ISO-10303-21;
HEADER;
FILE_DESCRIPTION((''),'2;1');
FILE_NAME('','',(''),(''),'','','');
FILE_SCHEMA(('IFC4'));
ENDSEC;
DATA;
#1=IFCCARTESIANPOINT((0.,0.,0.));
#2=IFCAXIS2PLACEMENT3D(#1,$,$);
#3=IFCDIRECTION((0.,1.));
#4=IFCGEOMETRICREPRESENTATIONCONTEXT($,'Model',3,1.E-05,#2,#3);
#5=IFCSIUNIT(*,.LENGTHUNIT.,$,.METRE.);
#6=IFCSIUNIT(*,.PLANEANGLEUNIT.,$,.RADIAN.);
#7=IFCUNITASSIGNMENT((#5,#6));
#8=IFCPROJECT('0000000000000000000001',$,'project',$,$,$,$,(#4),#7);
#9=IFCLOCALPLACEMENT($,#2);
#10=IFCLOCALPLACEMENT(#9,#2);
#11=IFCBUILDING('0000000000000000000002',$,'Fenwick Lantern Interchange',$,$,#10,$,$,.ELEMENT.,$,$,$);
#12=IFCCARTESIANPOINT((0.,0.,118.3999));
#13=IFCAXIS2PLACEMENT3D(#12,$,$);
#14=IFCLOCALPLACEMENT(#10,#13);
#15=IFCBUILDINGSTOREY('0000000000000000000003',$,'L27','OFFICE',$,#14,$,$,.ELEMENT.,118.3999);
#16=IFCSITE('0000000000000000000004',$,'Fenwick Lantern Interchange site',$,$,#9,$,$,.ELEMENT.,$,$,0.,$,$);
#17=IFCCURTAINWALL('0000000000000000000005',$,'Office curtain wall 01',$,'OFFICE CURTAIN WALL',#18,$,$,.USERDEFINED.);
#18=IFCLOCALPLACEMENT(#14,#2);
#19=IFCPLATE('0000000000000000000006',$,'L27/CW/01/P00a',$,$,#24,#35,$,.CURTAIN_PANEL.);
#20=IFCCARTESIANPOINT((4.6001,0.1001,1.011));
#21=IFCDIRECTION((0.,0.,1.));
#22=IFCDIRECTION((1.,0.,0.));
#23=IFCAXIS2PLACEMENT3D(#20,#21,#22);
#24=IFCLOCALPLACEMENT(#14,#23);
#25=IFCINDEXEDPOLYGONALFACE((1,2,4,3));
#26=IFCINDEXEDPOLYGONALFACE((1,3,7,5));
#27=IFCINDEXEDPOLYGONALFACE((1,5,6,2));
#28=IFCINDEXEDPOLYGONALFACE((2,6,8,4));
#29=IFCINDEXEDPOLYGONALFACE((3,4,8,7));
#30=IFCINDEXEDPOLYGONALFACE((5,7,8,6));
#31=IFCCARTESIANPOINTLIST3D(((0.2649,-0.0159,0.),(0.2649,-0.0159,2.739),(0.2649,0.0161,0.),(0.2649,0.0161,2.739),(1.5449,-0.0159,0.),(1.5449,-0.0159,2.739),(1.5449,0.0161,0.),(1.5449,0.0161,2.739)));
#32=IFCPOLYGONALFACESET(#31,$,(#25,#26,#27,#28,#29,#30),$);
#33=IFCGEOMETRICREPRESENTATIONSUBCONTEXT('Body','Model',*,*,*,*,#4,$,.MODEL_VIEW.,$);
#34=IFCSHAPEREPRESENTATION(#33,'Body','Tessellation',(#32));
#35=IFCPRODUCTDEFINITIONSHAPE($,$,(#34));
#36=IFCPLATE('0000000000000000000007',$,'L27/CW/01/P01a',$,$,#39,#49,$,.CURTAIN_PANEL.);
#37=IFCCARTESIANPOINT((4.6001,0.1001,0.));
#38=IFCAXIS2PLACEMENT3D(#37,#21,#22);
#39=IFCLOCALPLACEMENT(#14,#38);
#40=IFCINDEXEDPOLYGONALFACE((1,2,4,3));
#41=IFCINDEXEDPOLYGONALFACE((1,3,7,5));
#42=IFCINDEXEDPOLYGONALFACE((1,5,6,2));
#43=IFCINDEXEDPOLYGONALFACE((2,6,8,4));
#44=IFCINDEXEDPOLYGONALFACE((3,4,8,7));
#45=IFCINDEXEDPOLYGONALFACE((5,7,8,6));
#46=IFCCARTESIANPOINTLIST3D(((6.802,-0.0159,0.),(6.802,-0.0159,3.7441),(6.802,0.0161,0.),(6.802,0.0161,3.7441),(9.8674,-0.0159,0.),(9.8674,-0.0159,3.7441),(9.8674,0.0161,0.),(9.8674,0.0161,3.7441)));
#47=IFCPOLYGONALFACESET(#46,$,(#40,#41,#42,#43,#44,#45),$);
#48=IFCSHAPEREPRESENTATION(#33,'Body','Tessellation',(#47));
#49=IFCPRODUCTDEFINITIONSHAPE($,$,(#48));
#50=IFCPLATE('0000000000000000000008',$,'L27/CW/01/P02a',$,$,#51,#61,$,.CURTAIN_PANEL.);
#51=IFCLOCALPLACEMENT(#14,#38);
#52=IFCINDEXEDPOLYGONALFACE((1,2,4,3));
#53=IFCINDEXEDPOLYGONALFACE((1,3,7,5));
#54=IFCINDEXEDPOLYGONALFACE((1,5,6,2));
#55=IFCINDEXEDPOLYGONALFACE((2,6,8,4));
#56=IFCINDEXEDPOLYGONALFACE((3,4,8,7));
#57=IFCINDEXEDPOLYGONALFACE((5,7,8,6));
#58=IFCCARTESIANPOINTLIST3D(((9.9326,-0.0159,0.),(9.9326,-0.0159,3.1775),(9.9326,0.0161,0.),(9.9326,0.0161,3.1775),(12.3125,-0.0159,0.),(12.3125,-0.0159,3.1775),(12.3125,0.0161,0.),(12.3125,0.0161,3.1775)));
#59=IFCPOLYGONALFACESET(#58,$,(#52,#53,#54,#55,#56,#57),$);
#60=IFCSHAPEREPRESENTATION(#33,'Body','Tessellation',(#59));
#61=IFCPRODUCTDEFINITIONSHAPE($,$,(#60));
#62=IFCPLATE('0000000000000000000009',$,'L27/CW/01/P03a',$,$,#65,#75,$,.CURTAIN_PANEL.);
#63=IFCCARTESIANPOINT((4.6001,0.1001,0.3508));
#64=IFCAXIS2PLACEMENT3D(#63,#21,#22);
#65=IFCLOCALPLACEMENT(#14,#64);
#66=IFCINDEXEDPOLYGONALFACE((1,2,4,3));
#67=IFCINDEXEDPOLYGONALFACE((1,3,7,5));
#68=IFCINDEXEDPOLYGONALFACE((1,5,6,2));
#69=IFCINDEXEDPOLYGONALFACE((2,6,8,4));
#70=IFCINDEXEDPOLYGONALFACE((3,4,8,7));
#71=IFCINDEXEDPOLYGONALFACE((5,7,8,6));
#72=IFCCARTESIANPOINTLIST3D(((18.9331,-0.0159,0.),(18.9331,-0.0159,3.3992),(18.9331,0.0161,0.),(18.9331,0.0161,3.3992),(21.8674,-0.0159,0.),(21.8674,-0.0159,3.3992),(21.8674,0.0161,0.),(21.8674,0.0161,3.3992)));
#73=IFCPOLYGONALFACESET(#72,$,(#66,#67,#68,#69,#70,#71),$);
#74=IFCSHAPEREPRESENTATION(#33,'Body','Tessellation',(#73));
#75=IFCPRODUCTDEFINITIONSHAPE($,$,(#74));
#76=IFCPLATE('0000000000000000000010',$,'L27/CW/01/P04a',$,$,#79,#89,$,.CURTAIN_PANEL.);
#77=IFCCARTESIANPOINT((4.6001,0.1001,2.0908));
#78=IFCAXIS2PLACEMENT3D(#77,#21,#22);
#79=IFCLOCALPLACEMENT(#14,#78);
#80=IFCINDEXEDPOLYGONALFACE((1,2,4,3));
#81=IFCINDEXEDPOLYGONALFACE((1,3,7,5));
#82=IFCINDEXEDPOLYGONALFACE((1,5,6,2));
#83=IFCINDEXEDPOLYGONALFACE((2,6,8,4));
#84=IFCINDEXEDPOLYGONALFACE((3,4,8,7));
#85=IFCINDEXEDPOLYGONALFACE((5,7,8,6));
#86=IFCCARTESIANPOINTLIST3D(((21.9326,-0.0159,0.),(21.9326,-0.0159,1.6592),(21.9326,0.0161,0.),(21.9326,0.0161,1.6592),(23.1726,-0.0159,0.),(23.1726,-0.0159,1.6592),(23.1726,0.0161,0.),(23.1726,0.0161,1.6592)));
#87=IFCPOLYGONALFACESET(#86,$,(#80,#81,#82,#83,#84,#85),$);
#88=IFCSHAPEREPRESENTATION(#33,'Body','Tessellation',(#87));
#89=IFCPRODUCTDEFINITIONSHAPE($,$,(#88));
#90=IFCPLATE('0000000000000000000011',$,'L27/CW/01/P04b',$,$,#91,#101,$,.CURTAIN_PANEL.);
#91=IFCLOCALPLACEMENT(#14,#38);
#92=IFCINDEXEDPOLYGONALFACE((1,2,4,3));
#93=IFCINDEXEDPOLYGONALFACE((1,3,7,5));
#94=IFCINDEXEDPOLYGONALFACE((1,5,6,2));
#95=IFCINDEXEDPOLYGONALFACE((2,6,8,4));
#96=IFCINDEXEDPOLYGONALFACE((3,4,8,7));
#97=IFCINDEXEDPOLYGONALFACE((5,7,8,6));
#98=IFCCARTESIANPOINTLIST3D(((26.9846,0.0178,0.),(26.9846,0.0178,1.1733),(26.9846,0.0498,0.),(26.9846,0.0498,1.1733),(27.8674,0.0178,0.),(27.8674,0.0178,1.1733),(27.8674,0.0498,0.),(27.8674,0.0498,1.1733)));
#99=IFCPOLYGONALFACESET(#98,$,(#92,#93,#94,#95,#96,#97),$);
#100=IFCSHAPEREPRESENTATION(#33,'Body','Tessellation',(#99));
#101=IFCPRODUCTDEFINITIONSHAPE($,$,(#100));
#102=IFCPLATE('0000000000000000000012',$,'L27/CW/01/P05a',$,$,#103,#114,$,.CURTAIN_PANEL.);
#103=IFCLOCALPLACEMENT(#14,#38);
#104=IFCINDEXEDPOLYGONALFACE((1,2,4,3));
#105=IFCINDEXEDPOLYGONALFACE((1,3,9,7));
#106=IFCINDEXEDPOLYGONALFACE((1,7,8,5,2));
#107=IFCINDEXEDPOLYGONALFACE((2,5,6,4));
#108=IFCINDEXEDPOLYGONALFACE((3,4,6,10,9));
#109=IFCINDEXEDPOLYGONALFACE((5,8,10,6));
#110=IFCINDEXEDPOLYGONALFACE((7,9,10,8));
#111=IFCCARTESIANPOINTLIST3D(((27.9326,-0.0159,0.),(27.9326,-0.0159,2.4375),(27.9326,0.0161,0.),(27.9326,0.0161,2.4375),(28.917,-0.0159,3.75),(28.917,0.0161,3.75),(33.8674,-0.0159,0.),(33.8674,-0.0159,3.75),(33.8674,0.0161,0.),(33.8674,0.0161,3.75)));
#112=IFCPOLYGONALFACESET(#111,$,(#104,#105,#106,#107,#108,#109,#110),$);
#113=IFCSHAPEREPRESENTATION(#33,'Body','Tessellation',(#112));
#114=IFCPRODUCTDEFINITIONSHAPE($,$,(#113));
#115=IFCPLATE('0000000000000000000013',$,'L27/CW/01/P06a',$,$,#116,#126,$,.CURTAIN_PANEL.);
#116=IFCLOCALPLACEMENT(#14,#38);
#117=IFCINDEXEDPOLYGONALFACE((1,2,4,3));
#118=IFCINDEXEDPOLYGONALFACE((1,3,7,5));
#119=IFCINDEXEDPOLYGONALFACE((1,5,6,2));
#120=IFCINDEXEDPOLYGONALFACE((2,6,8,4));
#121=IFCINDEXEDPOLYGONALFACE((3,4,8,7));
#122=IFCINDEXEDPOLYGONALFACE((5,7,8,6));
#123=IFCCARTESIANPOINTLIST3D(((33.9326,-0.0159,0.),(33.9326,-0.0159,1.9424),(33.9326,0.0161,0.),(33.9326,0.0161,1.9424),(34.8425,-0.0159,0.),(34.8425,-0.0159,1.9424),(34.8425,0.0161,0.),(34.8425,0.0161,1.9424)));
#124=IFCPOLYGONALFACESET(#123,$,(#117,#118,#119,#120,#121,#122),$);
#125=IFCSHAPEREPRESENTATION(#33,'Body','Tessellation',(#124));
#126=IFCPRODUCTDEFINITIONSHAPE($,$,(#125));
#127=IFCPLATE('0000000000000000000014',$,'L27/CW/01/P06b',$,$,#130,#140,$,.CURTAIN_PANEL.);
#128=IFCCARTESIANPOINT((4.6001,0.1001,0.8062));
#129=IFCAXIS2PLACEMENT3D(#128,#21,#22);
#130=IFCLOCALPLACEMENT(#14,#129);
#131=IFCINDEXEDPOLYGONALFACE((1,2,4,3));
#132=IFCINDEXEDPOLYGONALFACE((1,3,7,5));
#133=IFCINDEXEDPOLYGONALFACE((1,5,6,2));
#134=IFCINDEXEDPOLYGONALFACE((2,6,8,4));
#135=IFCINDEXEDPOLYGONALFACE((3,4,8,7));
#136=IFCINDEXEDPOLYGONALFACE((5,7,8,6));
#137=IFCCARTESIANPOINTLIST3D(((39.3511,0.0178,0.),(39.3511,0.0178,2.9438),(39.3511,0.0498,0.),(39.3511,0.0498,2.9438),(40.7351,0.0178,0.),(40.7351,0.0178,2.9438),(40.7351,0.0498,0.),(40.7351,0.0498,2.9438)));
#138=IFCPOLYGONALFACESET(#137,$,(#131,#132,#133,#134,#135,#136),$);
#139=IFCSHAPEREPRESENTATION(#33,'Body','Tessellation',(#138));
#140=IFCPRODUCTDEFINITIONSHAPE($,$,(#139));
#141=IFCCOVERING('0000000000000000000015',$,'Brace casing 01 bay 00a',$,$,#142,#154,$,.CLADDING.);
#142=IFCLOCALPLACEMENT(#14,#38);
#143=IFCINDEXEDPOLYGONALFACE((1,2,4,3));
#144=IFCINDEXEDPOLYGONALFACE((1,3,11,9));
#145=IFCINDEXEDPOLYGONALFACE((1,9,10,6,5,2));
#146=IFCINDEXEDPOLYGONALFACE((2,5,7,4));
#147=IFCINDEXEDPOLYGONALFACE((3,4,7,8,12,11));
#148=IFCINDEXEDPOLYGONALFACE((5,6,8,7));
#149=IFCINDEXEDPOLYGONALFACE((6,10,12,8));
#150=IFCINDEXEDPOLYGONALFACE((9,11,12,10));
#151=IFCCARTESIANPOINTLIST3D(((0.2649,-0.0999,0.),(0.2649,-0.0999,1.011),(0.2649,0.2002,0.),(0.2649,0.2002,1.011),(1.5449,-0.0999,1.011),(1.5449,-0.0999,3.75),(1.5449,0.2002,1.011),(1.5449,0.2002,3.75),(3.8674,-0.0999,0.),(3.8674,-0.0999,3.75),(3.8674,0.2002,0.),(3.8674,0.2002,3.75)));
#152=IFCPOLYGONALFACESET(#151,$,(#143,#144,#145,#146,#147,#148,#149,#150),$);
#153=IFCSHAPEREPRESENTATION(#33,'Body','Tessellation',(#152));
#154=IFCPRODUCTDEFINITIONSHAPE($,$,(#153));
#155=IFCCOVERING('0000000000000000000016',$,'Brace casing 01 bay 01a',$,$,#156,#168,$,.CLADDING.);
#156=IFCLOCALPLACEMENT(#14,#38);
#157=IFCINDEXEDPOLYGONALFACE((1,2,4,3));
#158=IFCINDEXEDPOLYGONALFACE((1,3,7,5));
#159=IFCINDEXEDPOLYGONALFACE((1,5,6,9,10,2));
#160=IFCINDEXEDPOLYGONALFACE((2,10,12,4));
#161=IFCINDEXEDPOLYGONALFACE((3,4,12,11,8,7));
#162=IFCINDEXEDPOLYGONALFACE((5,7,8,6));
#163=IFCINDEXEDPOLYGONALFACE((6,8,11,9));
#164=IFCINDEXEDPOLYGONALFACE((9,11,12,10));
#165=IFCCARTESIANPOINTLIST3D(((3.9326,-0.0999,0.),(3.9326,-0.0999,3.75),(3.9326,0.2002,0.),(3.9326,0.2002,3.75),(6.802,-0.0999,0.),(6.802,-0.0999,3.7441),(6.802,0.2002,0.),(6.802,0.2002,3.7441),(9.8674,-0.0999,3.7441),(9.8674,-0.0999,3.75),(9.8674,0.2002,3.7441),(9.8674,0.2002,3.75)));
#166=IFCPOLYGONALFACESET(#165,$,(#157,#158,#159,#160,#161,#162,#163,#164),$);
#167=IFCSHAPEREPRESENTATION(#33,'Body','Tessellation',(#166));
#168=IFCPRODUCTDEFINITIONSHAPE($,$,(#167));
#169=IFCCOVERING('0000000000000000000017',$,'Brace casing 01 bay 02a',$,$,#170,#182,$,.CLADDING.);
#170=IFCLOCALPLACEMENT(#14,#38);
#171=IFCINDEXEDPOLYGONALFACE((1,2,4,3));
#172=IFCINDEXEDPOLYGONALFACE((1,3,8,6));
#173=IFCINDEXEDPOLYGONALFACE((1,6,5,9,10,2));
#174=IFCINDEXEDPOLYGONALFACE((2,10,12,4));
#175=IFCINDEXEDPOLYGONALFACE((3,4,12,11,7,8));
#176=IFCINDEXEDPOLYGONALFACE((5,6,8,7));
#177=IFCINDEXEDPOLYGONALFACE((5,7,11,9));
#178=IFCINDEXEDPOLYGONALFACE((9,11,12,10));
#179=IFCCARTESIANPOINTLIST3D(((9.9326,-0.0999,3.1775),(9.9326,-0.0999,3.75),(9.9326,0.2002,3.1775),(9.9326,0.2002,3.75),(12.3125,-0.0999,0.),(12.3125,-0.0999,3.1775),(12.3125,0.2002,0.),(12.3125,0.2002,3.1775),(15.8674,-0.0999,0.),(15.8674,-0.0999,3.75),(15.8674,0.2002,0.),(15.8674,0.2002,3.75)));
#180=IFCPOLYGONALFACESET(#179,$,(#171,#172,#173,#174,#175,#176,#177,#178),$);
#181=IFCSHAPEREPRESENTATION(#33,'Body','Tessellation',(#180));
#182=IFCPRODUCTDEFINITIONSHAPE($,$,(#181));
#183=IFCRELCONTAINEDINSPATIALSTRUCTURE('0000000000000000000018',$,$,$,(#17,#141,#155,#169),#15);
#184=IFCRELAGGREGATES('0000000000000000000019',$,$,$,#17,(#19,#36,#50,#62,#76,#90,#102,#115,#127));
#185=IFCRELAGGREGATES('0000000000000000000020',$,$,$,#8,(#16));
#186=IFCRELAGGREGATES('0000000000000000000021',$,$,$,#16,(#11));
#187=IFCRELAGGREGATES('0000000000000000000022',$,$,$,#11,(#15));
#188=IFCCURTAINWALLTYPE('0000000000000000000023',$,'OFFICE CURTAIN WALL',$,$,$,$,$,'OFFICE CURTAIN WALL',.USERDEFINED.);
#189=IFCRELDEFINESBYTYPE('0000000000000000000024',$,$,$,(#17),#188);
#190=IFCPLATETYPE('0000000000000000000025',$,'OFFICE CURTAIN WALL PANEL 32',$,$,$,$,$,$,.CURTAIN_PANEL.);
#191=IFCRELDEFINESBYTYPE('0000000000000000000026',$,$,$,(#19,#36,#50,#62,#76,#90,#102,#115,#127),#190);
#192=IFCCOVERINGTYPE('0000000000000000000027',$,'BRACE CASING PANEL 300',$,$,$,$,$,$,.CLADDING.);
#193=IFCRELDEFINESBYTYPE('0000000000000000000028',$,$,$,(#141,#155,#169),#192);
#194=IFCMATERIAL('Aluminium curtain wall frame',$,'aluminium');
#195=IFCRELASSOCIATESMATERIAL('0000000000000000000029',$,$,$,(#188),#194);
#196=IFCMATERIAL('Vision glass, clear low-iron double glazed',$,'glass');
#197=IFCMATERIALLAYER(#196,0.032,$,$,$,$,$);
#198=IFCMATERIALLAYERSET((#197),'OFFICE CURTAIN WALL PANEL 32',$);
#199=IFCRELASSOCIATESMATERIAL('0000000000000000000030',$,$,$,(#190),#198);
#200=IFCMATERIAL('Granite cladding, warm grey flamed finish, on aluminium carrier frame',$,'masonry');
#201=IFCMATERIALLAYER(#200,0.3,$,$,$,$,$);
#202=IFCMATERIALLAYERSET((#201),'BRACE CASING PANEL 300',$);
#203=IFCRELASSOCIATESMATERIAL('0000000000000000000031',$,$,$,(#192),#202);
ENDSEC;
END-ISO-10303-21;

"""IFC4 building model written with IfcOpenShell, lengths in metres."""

from ifc_helpers import new_model, si_unit, direction, frame, origin, place, context, subcontext, project, spatial, polyline, outline, extrude, material, layer, layer_set, type_object, element, aggregate, save


model = new_model("IFC4")

# Units and contexts
model_context = context("Model", 3, precision=1e-05, world=origin(), true_north=direction((0.0, 1.0)))
body_context = subcontext(model_context, "Body", "Model", "MODEL_VIEW")
ifc_project = project(units=[si_unit("LENGTHUNIT", "METRE"), si_unit("PLANEANGLEUNIT", "RADIAN")], contexts=[model_context])

# Site, building, storey
site_placement = place(None, origin())
site = spatial("IfcSite", under=ifc_project, at=site_placement, Name="Fenwick Lantern Interchange site", CompositionType="ELEMENT", RefElevation=0.0)
building_placement = place(site_placement, origin())
building = spatial("IfcBuilding", under=site, at=building_placement, Name="Fenwick Lantern Interchange", CompositionType="ELEMENT")
storey_placement = place(building_placement, frame((0.0, 0.0, 118.3999)))
storey = spatial("IfcBuildingStorey", under=building, at=storey_placement, Name="L27", Description="OFFICE", CompositionType="ELEMENT", Elevation=118.3999)

# Shared definitions
ifc_material_1 = material(Name="Aluminium curtain wall frame", Category="aluminium")
curtain_wall_type = type_object("IfcCurtainWallType", Name="OFFICE CURTAIN WALL", ElementType="OFFICE CURTAIN WALL", PredefinedType="USERDEFINED", material=ifc_material_1)

# Curtain wall, plates
curtain_wall_1_placement = place(storey_placement, origin())
curtain_wall_1 = element("IfcCurtainWall", 1, at=curtain_wall_1_placement, inside=storey, type_object=curtain_wall_type, Name="Office curtain wall 01", ObjectType="OFFICE CURTAIN WALL", PredefinedType="USERDEFINED")
ifc_material_2 = material(Name="Vision glass, clear low-iron double glazed", Category="glass")
ifc_layer_1 = layer(ifc_material_2, 0.032)
ifc_layer_set_1 = layer_set([ifc_layer_1], Name="OFFICE CURTAIN WALL PANEL 32")
plate_type = type_object("IfcPlateType", Name="OFFICE CURTAIN WALL PANEL 32", PredefinedType="CURTAIN_PANEL", material=ifc_layer_set_1)
plate_1_placement = place(storey_placement, frame((4.6001, 0.1001, 1.011), z_axis=(0.0, 0.0, 1.0), x_axis=(1.0, 0.0, 0.0)))
plate_1 = element("IfcPlate", 2, at=plate_1_placement, type_object=plate_type, Name="L27/CW/01/P00a", PredefinedType="CURTAIN_PANEL", context=body_context, shape_type="SweptSolid", body=[
    extrude(outline(polyline([(0.2649, 0.0), (1.5449, 0.0), (1.5449, 2.739), (0.2649, 2.739), (0.2649, 0.0)])), frame((0.0, 0.0161, 0.0), z_axis=(0.0, -1.0, 0.0), x_axis=(1.0, 0.0, 0.0)), (0.0, 0.0, 1.0), 0.032),
])
plate_2_placement = place(storey_placement, frame((4.6001, 0.1001, 0.0), z_axis=(0.0, 0.0, 1.0), x_axis=(1.0, 0.0, 0.0)))
plate_2 = element("IfcPlate", 3, at=plate_2_placement, type_object=plate_type, Name="L27/CW/01/P01a", PredefinedType="CURTAIN_PANEL", context=body_context, shape_type="SweptSolid", body=[
    extrude(outline(polyline([(6.802, 0.0), (9.8674, 0.0), (9.8674, 3.7441), (6.802, 3.7441), (6.802, 0.0)])), frame((0.0, 0.0161, 0.0), z_axis=(0.0, -1.0, 0.0), x_axis=(1.0, 0.0, 0.0)), (0.0, 0.0, 1.0), 0.032),
])
plate_3_placement = place(storey_placement, frame((4.6001, 0.1001, 0.0), z_axis=(0.0, 0.0, 1.0), x_axis=(1.0, 0.0, 0.0)))
plate_3 = element("IfcPlate", 4, at=plate_3_placement, type_object=plate_type, Name="L27/CW/01/P02a", PredefinedType="CURTAIN_PANEL", context=body_context, shape_type="SweptSolid", body=[
    extrude(outline(polyline([(9.9326, 0.0), (12.3125, 0.0), (12.3125, 3.1775), (9.9326, 3.1775), (9.9326, 0.0)])), frame((0.0, 0.0161, 0.0), z_axis=(0.0, -1.0, 0.0), x_axis=(1.0, 0.0, 0.0)), (0.0, 0.0, 1.0), 0.032),
])
plate_4_placement = place(storey_placement, frame((4.6001, 0.1001, 0.3508), z_axis=(0.0, 0.0, 1.0), x_axis=(1.0, 0.0, 0.0)))
plate_4 = element("IfcPlate", 5, at=plate_4_placement, type_object=plate_type, Name="L27/CW/01/P03a", PredefinedType="CURTAIN_PANEL", context=body_context, shape_type="SweptSolid", body=[
    extrude(outline(polyline([(18.9331, 0.0), (21.8674, 0.0), (21.8674, 3.3992), (18.9331, 3.3992), (18.9331, 0.0)])), frame((0.0, 0.0161, 0.0), z_axis=(0.0, -1.0, 0.0), x_axis=(1.0, 0.0, 0.0)), (0.0, 0.0, 1.0), 0.032),
])
plate_5_placement = place(storey_placement, frame((4.6001, 0.1001, 2.0908), z_axis=(0.0, 0.0, 1.0), x_axis=(1.0, 0.0, 0.0)))
plate_5 = element("IfcPlate", 6, at=plate_5_placement, type_object=plate_type, Name="L27/CW/01/P04a", PredefinedType="CURTAIN_PANEL", context=body_context, shape_type="SweptSolid", body=[
    extrude(outline(polyline([(21.9326, 0.0), (23.1726, 0.0), (23.1726, 1.6592), (21.9326, 1.6592), (21.9326, 0.0)])), frame((0.0, 0.0161, 0.0), z_axis=(0.0, -1.0, 0.0), x_axis=(1.0, 0.0, 0.0)), (0.0, 0.0, 1.0), 0.032),
])
plate_6_placement = place(storey_placement, frame((4.6001, 0.1001, 0.0), z_axis=(0.0, 0.0, 1.0), x_axis=(1.0, 0.0, 0.0)))
plate_6 = element("IfcPlate", 7, at=plate_6_placement, type_object=plate_type, Name="L27/CW/01/P04b", PredefinedType="CURTAIN_PANEL", context=body_context, shape_type="SweptSolid", body=[
    extrude(outline(polyline([(26.9846, 0.0), (27.8674, 0.0), (27.8674, 1.1733), (26.9846, 1.1733), (26.9846, 0.0)])), frame((0.0, 0.0498, 0.0), z_axis=(0.0, -1.0, 0.0), x_axis=(1.0, 0.0, 0.0)), (0.0, 0.0, 1.0), 0.032),
])
plate_7_placement = place(storey_placement, frame((4.6001, 0.1001, 0.0), z_axis=(0.0, 0.0, 1.0), x_axis=(1.0, 0.0, 0.0)))
plate_7 = element("IfcPlate", 8, at=plate_7_placement, type_object=plate_type, Name="L27/CW/01/P05a", PredefinedType="CURTAIN_PANEL", context=body_context, shape_type="SweptSolid", body=[
    extrude(outline(polyline([(27.9326, 0.0), (33.8674, 0.0), (33.8674, 3.75), (28.917, 3.75), (27.9326, 2.4375), (27.9326, 0.0)])), frame((0.0, 0.0161, 0.0), z_axis=(0.0, -1.0, 0.0), x_axis=(1.0, 0.0, 0.0)), (0.0, 0.0, 1.0), 0.032),
])
plate_8_placement = place(storey_placement, frame((4.6001, 0.1001, 0.0), z_axis=(0.0, 0.0, 1.0), x_axis=(1.0, 0.0, 0.0)))
plate_8 = element("IfcPlate", 9, at=plate_8_placement, type_object=plate_type, Name="L27/CW/01/P06a", PredefinedType="CURTAIN_PANEL", context=body_context, shape_type="SweptSolid", body=[
    extrude(outline(polyline([(33.9326, 0.0), (34.8425, 0.0), (34.8425, 1.9424), (33.9326, 1.9424), (33.9326, 0.0)])), frame((0.0, 0.0161, 0.0), z_axis=(0.0, -1.0, 0.0), x_axis=(1.0, 0.0, 0.0)), (0.0, 0.0, 1.0), 0.032),
])
plate_9_placement = place(storey_placement, frame((4.6001, 0.1001, 0.8062), z_axis=(0.0, 0.0, 1.0), x_axis=(1.0, 0.0, 0.0)))
plate_9 = element("IfcPlate", 10, at=plate_9_placement, type_object=plate_type, Name="L27/CW/01/P06b", PredefinedType="CURTAIN_PANEL", context=body_context, shape_type="SweptSolid", body=[
    extrude(outline(polyline([(39.3511, 0.0), (40.7351, 0.0), (40.7351, 2.9438), (39.3511, 2.9438), (39.3511, 0.0)])), frame((0.0, 0.0498, 0.0), z_axis=(0.0, -1.0, 0.0), x_axis=(1.0, 0.0, 0.0)), (0.0, 0.0, 1.0), 0.032),
])
aggregate(curtain_wall_1, [plate_1, plate_2, plate_3, plate_4, plate_5, plate_6, plate_7, plate_8, plate_9])

# Coverings
ifc_material_3 = material(Name="Granite cladding, warm grey flamed finish, on aluminium carrier frame", Category="masonry")
ifc_layer_2 = layer(ifc_material_3, 0.3)
ifc_layer_set_2 = layer_set([ifc_layer_2], Name="BRACE CASING PANEL 300")
covering_type = type_object("IfcCoveringType", Name="BRACE CASING PANEL 300", PredefinedType="CLADDING", material=ifc_layer_set_2)
covering_1_placement = place(storey_placement, frame((4.6001, 0.1001, 0.0), z_axis=(0.0, 0.0, 1.0), x_axis=(1.0, 0.0, 0.0)))
element("IfcCovering", 11, at=covering_1_placement, inside=storey, type_object=covering_type, Name="Brace casing 01 bay 00a", PredefinedType="CLADDING", context=body_context, shape_type="SweptSolid", body=[
    extrude(outline(polyline([(0.2649, 0.0), (3.8674, 0.0), (3.8674, 3.75), (1.5449, 3.75), (1.5449, 1.011), (0.2649, 1.011), (0.2649, 0.0)])), frame((0.0, 0.2002, 0.0), z_axis=(0.0, -1.0, 0.0), x_axis=(1.0, 0.0, 0.0)), (0.0, 0.0, 1.0), 0.3),
])
covering_2_placement = place(storey_placement, frame((4.6001, 0.1001, 0.0), z_axis=(0.0, 0.0, 1.0), x_axis=(1.0, 0.0, 0.0)))
element("IfcCovering", 12, at=covering_2_placement, inside=storey, type_object=covering_type, Name="Brace casing 01 bay 01a", PredefinedType="CLADDING", context=body_context, shape_type="SweptSolid", body=[
    extrude(outline(polyline([(3.9326, 0.0), (6.802, 0.0), (6.802, 3.7441), (9.8674, 3.7441), (9.8674, 3.75), (3.9326, 3.75), (3.9326, 0.0)])), frame((0.0, 0.2002, 0.0), z_axis=(0.0, -1.0, 0.0), x_axis=(1.0, 0.0, 0.0)), (0.0, 0.0, 1.0), 0.3),
])
covering_3_placement = place(storey_placement, frame((4.6001, 0.1001, 0.0), z_axis=(0.0, 0.0, 1.0), x_axis=(1.0, 0.0, 0.0)))
element("IfcCovering", 13, at=covering_3_placement, inside=storey, type_object=covering_type, Name="Brace casing 01 bay 02a", PredefinedType="CLADDING", context=body_context, shape_type="SweptSolid", body=[
    extrude(outline(polyline([(12.3125, 0.0), (15.8674, 0.0), (15.8674, 3.75), (9.9326, 3.75), (9.9326, 3.1775), (12.3125, 3.1775), (12.3125, 0.0)])), frame((0.0, 0.2002, 0.0), z_axis=(0.0, -1.0, 0.0), x_axis=(1.0, 0.0, 0.0)), (0.0, 0.0, 1.0), 0.3),
])

save(model, "model.ifc")
